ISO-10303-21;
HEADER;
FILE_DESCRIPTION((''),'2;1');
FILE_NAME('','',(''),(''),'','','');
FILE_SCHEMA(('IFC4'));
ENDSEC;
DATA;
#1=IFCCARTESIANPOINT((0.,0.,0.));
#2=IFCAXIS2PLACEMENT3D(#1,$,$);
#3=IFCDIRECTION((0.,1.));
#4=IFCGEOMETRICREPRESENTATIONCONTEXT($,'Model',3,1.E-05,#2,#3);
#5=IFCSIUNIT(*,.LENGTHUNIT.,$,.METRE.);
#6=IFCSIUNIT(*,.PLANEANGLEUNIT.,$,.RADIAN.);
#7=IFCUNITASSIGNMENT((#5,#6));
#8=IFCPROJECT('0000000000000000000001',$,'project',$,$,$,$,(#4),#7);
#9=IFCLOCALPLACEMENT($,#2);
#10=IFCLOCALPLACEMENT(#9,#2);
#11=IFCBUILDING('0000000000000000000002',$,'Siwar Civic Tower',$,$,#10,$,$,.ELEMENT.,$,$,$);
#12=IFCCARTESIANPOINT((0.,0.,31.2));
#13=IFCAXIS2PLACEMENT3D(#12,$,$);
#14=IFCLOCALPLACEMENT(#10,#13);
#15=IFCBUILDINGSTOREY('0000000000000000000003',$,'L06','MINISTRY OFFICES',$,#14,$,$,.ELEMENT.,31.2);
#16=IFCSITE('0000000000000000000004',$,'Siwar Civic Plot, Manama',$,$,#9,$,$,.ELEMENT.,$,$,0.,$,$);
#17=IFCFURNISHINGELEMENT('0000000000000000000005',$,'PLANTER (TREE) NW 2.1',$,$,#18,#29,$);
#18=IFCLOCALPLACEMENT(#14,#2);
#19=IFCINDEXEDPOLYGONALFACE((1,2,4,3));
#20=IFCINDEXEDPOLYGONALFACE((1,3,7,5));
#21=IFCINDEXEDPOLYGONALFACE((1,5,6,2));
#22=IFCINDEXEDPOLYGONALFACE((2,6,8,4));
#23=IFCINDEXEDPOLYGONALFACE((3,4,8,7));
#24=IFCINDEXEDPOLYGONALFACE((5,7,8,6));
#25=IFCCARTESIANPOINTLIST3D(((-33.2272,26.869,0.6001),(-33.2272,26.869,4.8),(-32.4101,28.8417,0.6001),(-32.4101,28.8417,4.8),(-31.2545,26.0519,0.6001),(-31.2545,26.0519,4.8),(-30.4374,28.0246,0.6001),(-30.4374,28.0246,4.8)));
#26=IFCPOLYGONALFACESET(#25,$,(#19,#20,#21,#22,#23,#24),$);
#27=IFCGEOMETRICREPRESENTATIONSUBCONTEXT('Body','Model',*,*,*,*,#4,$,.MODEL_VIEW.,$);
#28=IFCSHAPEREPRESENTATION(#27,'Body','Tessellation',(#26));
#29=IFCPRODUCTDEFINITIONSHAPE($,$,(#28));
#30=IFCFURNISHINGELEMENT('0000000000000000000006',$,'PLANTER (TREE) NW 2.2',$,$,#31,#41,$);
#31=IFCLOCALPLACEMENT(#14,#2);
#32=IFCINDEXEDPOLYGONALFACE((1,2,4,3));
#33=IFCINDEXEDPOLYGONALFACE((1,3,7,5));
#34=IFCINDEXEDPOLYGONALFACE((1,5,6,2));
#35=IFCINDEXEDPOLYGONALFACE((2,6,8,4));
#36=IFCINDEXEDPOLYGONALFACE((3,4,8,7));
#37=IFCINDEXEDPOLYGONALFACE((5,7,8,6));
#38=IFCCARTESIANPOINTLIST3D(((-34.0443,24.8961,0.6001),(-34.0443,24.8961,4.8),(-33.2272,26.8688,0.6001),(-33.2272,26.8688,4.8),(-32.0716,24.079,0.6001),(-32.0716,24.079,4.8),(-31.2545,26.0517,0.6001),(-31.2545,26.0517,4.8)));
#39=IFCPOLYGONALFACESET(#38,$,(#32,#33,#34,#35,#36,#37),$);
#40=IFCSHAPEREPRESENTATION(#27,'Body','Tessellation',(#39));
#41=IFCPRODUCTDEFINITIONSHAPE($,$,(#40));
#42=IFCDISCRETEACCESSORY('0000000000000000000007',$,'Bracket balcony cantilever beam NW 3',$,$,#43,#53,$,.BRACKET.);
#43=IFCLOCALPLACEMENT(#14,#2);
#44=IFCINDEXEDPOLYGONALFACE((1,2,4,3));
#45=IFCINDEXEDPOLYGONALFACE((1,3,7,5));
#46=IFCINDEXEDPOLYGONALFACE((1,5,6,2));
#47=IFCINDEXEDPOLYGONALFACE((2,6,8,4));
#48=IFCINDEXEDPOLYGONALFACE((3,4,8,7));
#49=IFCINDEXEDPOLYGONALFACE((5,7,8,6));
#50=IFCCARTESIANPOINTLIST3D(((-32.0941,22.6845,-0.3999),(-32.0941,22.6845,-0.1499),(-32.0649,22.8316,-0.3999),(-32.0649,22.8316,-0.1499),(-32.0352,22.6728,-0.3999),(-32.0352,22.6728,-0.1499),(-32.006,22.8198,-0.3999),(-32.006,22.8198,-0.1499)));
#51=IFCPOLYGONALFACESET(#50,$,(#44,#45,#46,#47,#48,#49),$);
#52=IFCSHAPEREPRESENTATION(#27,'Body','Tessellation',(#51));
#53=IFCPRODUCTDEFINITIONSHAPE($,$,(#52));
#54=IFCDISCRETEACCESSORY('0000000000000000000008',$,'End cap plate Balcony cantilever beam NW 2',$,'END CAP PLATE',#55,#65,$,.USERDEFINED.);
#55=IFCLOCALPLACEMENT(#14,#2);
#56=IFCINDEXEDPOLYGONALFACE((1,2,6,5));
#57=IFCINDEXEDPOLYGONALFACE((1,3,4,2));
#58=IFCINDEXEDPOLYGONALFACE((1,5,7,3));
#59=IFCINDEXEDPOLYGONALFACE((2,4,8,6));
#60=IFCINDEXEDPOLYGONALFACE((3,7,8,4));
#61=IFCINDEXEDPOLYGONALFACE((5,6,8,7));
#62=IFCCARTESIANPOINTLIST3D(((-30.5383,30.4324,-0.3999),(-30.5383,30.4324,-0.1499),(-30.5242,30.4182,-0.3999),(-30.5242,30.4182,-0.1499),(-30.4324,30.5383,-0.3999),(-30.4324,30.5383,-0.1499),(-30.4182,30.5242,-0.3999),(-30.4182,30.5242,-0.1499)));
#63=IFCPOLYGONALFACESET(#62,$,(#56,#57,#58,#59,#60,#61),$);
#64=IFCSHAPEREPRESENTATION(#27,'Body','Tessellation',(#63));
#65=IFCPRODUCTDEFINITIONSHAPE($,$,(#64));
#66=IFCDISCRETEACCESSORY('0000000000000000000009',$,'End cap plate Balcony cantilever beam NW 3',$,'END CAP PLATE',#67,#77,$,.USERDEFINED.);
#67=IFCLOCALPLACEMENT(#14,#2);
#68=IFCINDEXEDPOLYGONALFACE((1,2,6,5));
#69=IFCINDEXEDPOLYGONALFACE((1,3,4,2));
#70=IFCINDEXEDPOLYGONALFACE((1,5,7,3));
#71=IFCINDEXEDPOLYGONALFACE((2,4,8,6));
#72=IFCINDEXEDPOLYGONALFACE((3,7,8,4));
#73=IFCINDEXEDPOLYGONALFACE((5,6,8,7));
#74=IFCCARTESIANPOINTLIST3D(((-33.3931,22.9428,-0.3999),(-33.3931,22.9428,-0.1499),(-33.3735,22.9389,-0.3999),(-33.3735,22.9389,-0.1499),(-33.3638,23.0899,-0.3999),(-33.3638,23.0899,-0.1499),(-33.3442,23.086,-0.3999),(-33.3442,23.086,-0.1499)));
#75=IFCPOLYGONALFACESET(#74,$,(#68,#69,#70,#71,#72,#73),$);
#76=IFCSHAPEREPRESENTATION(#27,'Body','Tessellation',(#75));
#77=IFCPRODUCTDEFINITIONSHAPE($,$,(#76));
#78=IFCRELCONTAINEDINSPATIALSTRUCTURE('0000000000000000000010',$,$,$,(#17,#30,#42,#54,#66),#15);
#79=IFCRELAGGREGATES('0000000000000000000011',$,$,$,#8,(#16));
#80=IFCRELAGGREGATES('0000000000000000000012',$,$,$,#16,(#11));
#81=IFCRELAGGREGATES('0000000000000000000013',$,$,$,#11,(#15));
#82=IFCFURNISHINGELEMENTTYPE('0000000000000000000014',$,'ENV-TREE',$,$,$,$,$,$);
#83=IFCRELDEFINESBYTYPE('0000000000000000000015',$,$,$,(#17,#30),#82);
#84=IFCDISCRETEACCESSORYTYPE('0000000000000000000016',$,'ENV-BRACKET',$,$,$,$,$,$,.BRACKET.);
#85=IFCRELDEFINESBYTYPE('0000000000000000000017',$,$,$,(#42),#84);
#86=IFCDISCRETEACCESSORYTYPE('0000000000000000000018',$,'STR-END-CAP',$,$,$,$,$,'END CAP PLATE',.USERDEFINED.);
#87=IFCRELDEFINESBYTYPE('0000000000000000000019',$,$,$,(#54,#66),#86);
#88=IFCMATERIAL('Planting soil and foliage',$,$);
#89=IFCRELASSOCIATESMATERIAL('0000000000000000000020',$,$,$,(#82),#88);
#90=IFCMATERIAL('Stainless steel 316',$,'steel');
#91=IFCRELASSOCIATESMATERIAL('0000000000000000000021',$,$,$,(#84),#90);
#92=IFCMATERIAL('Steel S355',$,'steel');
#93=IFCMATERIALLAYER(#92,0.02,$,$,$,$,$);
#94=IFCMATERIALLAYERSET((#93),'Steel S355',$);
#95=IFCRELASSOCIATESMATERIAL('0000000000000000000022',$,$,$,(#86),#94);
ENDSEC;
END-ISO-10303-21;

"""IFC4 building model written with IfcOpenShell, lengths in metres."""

from ifc_helpers import new_model, si_unit, direction, frame, origin, origin_2d, place, context, subcontext, project, spatial, rectangle, extrude, material, layer, layer_set, type_object, element, save


model = new_model("IFC4")

# Units and contexts
model_context = context("Model", 3, precision=1e-05, world=origin(), true_north=direction((0.0, 1.0)))
body_context = subcontext(model_context, "Body", "Model", "MODEL_VIEW")
ifc_project = project(units=[si_unit("LENGTHUNIT", "METRE"), si_unit("PLANEANGLEUNIT", "RADIAN")], contexts=[model_context])

# Site, building, storey
site_placement = place(None, origin())
site = spatial("IfcSite", under=ifc_project, at=site_placement, Name="Siwar Civic Plot, Manama", CompositionType="ELEMENT", RefElevation=0.0)
building_placement = place(site_placement, origin())
building = spatial("IfcBuilding", under=site, at=building_placement, Name="Siwar Civic Tower", CompositionType="ELEMENT")
storey_placement = place(building_placement, frame((0.0, 0.0, 31.2)))
storey = spatial("IfcBuildingStorey", under=building, at=storey_placement, Name="L06", Description="MINISTRY OFFICES", CompositionType="ELEMENT", Elevation=31.2)

# Furnishing elements
ifc_material_1 = material(Name="Planting soil and foliage")
furnishing_element_type_1 = type_object("IfcFurnishingElementType", Name="ENV-TREE", material=ifc_material_1)
for number, where, z_axis, x_axis, name in (
    (1, (-31.8323, 27.4468, 0.6001), (0.0, 0.0, 1.0), (-0.382683, -0.92388, 0.0), "PLANTER (TREE) NW 2.1"),
    (2, (-32.6494, 25.4739, 0.6001), (0.0, 0.0, 1.0), (-0.382683, -0.92388, 0.0), "PLANTER (TREE) NW 2.2"),
):
    element("IfcFurnishingElement", number, at=place(storey_placement, frame(where, z_axis=z_axis, x_axis=x_axis)), inside=storey, type_object=furnishing_element_type_1, Name=name, context=body_context, shape_type="SweptSolid", body=[
        extrude(rectangle(XDim=2.1353, YDim=2.1353, at=origin_2d()), origin(), (0.0, 0.0, 1.0), 4.2),
    ])

# Discrete accessories
ifc_material_2 = material(Name="Stainless steel 316", Category="steel")
discrete_accessory_type_1 = type_object("IfcDiscreteAccessoryType", Name="ENV-BRACKET", PredefinedType="BRACKET", material=ifc_material_2)
discrete_accessory_placement = place(storey_placement, frame((-32.05, 22.7522, -0.3999), z_axis=(0.0, 0.0, 1.0), x_axis=(-0.980785, 0.19509, 0.0)))
element("IfcDiscreteAccessory", 3, at=discrete_accessory_placement, inside=storey, type_object=discrete_accessory_type_1, Name="Bracket balcony cantilever beam NW 3", PredefinedType="BRACKET", context=body_context, shape_type="SweptSolid", body=[
    extrude(rectangle(XDim=0.0601, YDim=0.1499, at=origin_2d()), origin(), (0.0, 0.0, 1.0), 0.25),
])
ifc_material_3 = material(Name="Steel S355", Category="steel")
ifc_layer_1 = layer(ifc_material_3, 0.02)
ifc_layer_set_1 = layer_set([ifc_layer_1], Name="Steel S355")
discrete_accessory_type_2 = type_object("IfcDiscreteAccessoryType", Name="STR-END-CAP", ElementType="END CAP PLATE", PredefinedType="USERDEFINED", material=ifc_layer_set_1)
for number, where, z_axis, x_axis, name in (
    (4, (-30.4783, 30.4783, -0.3999), (0.0, 0.0, 1.0), (-0.707107, 0.707107, 0.0), "End cap plate Balcony cantilever beam NW 2"),
    (5, (-33.3687, 23.0144, -0.3999), (0.0, 0.0, 1.0), (-0.980785, 0.19509, 0.0), "End cap plate Balcony cantilever beam NW 3"),
):
    element("IfcDiscreteAccessory", number, at=place(storey_placement, frame(where, z_axis=z_axis, x_axis=x_axis)), inside=storey, type_object=discrete_accessory_type_2, Name=name, ObjectType="END CAP PLATE", PredefinedType="USERDEFINED", context=body_context, shape_type="SweptSolid", body=[
        extrude(rectangle(XDim=0.02, YDim=0.1499, at=origin_2d()), origin(), (0.0, 0.0, 1.0), 0.25),
    ])

save(model, "model.ifc")
